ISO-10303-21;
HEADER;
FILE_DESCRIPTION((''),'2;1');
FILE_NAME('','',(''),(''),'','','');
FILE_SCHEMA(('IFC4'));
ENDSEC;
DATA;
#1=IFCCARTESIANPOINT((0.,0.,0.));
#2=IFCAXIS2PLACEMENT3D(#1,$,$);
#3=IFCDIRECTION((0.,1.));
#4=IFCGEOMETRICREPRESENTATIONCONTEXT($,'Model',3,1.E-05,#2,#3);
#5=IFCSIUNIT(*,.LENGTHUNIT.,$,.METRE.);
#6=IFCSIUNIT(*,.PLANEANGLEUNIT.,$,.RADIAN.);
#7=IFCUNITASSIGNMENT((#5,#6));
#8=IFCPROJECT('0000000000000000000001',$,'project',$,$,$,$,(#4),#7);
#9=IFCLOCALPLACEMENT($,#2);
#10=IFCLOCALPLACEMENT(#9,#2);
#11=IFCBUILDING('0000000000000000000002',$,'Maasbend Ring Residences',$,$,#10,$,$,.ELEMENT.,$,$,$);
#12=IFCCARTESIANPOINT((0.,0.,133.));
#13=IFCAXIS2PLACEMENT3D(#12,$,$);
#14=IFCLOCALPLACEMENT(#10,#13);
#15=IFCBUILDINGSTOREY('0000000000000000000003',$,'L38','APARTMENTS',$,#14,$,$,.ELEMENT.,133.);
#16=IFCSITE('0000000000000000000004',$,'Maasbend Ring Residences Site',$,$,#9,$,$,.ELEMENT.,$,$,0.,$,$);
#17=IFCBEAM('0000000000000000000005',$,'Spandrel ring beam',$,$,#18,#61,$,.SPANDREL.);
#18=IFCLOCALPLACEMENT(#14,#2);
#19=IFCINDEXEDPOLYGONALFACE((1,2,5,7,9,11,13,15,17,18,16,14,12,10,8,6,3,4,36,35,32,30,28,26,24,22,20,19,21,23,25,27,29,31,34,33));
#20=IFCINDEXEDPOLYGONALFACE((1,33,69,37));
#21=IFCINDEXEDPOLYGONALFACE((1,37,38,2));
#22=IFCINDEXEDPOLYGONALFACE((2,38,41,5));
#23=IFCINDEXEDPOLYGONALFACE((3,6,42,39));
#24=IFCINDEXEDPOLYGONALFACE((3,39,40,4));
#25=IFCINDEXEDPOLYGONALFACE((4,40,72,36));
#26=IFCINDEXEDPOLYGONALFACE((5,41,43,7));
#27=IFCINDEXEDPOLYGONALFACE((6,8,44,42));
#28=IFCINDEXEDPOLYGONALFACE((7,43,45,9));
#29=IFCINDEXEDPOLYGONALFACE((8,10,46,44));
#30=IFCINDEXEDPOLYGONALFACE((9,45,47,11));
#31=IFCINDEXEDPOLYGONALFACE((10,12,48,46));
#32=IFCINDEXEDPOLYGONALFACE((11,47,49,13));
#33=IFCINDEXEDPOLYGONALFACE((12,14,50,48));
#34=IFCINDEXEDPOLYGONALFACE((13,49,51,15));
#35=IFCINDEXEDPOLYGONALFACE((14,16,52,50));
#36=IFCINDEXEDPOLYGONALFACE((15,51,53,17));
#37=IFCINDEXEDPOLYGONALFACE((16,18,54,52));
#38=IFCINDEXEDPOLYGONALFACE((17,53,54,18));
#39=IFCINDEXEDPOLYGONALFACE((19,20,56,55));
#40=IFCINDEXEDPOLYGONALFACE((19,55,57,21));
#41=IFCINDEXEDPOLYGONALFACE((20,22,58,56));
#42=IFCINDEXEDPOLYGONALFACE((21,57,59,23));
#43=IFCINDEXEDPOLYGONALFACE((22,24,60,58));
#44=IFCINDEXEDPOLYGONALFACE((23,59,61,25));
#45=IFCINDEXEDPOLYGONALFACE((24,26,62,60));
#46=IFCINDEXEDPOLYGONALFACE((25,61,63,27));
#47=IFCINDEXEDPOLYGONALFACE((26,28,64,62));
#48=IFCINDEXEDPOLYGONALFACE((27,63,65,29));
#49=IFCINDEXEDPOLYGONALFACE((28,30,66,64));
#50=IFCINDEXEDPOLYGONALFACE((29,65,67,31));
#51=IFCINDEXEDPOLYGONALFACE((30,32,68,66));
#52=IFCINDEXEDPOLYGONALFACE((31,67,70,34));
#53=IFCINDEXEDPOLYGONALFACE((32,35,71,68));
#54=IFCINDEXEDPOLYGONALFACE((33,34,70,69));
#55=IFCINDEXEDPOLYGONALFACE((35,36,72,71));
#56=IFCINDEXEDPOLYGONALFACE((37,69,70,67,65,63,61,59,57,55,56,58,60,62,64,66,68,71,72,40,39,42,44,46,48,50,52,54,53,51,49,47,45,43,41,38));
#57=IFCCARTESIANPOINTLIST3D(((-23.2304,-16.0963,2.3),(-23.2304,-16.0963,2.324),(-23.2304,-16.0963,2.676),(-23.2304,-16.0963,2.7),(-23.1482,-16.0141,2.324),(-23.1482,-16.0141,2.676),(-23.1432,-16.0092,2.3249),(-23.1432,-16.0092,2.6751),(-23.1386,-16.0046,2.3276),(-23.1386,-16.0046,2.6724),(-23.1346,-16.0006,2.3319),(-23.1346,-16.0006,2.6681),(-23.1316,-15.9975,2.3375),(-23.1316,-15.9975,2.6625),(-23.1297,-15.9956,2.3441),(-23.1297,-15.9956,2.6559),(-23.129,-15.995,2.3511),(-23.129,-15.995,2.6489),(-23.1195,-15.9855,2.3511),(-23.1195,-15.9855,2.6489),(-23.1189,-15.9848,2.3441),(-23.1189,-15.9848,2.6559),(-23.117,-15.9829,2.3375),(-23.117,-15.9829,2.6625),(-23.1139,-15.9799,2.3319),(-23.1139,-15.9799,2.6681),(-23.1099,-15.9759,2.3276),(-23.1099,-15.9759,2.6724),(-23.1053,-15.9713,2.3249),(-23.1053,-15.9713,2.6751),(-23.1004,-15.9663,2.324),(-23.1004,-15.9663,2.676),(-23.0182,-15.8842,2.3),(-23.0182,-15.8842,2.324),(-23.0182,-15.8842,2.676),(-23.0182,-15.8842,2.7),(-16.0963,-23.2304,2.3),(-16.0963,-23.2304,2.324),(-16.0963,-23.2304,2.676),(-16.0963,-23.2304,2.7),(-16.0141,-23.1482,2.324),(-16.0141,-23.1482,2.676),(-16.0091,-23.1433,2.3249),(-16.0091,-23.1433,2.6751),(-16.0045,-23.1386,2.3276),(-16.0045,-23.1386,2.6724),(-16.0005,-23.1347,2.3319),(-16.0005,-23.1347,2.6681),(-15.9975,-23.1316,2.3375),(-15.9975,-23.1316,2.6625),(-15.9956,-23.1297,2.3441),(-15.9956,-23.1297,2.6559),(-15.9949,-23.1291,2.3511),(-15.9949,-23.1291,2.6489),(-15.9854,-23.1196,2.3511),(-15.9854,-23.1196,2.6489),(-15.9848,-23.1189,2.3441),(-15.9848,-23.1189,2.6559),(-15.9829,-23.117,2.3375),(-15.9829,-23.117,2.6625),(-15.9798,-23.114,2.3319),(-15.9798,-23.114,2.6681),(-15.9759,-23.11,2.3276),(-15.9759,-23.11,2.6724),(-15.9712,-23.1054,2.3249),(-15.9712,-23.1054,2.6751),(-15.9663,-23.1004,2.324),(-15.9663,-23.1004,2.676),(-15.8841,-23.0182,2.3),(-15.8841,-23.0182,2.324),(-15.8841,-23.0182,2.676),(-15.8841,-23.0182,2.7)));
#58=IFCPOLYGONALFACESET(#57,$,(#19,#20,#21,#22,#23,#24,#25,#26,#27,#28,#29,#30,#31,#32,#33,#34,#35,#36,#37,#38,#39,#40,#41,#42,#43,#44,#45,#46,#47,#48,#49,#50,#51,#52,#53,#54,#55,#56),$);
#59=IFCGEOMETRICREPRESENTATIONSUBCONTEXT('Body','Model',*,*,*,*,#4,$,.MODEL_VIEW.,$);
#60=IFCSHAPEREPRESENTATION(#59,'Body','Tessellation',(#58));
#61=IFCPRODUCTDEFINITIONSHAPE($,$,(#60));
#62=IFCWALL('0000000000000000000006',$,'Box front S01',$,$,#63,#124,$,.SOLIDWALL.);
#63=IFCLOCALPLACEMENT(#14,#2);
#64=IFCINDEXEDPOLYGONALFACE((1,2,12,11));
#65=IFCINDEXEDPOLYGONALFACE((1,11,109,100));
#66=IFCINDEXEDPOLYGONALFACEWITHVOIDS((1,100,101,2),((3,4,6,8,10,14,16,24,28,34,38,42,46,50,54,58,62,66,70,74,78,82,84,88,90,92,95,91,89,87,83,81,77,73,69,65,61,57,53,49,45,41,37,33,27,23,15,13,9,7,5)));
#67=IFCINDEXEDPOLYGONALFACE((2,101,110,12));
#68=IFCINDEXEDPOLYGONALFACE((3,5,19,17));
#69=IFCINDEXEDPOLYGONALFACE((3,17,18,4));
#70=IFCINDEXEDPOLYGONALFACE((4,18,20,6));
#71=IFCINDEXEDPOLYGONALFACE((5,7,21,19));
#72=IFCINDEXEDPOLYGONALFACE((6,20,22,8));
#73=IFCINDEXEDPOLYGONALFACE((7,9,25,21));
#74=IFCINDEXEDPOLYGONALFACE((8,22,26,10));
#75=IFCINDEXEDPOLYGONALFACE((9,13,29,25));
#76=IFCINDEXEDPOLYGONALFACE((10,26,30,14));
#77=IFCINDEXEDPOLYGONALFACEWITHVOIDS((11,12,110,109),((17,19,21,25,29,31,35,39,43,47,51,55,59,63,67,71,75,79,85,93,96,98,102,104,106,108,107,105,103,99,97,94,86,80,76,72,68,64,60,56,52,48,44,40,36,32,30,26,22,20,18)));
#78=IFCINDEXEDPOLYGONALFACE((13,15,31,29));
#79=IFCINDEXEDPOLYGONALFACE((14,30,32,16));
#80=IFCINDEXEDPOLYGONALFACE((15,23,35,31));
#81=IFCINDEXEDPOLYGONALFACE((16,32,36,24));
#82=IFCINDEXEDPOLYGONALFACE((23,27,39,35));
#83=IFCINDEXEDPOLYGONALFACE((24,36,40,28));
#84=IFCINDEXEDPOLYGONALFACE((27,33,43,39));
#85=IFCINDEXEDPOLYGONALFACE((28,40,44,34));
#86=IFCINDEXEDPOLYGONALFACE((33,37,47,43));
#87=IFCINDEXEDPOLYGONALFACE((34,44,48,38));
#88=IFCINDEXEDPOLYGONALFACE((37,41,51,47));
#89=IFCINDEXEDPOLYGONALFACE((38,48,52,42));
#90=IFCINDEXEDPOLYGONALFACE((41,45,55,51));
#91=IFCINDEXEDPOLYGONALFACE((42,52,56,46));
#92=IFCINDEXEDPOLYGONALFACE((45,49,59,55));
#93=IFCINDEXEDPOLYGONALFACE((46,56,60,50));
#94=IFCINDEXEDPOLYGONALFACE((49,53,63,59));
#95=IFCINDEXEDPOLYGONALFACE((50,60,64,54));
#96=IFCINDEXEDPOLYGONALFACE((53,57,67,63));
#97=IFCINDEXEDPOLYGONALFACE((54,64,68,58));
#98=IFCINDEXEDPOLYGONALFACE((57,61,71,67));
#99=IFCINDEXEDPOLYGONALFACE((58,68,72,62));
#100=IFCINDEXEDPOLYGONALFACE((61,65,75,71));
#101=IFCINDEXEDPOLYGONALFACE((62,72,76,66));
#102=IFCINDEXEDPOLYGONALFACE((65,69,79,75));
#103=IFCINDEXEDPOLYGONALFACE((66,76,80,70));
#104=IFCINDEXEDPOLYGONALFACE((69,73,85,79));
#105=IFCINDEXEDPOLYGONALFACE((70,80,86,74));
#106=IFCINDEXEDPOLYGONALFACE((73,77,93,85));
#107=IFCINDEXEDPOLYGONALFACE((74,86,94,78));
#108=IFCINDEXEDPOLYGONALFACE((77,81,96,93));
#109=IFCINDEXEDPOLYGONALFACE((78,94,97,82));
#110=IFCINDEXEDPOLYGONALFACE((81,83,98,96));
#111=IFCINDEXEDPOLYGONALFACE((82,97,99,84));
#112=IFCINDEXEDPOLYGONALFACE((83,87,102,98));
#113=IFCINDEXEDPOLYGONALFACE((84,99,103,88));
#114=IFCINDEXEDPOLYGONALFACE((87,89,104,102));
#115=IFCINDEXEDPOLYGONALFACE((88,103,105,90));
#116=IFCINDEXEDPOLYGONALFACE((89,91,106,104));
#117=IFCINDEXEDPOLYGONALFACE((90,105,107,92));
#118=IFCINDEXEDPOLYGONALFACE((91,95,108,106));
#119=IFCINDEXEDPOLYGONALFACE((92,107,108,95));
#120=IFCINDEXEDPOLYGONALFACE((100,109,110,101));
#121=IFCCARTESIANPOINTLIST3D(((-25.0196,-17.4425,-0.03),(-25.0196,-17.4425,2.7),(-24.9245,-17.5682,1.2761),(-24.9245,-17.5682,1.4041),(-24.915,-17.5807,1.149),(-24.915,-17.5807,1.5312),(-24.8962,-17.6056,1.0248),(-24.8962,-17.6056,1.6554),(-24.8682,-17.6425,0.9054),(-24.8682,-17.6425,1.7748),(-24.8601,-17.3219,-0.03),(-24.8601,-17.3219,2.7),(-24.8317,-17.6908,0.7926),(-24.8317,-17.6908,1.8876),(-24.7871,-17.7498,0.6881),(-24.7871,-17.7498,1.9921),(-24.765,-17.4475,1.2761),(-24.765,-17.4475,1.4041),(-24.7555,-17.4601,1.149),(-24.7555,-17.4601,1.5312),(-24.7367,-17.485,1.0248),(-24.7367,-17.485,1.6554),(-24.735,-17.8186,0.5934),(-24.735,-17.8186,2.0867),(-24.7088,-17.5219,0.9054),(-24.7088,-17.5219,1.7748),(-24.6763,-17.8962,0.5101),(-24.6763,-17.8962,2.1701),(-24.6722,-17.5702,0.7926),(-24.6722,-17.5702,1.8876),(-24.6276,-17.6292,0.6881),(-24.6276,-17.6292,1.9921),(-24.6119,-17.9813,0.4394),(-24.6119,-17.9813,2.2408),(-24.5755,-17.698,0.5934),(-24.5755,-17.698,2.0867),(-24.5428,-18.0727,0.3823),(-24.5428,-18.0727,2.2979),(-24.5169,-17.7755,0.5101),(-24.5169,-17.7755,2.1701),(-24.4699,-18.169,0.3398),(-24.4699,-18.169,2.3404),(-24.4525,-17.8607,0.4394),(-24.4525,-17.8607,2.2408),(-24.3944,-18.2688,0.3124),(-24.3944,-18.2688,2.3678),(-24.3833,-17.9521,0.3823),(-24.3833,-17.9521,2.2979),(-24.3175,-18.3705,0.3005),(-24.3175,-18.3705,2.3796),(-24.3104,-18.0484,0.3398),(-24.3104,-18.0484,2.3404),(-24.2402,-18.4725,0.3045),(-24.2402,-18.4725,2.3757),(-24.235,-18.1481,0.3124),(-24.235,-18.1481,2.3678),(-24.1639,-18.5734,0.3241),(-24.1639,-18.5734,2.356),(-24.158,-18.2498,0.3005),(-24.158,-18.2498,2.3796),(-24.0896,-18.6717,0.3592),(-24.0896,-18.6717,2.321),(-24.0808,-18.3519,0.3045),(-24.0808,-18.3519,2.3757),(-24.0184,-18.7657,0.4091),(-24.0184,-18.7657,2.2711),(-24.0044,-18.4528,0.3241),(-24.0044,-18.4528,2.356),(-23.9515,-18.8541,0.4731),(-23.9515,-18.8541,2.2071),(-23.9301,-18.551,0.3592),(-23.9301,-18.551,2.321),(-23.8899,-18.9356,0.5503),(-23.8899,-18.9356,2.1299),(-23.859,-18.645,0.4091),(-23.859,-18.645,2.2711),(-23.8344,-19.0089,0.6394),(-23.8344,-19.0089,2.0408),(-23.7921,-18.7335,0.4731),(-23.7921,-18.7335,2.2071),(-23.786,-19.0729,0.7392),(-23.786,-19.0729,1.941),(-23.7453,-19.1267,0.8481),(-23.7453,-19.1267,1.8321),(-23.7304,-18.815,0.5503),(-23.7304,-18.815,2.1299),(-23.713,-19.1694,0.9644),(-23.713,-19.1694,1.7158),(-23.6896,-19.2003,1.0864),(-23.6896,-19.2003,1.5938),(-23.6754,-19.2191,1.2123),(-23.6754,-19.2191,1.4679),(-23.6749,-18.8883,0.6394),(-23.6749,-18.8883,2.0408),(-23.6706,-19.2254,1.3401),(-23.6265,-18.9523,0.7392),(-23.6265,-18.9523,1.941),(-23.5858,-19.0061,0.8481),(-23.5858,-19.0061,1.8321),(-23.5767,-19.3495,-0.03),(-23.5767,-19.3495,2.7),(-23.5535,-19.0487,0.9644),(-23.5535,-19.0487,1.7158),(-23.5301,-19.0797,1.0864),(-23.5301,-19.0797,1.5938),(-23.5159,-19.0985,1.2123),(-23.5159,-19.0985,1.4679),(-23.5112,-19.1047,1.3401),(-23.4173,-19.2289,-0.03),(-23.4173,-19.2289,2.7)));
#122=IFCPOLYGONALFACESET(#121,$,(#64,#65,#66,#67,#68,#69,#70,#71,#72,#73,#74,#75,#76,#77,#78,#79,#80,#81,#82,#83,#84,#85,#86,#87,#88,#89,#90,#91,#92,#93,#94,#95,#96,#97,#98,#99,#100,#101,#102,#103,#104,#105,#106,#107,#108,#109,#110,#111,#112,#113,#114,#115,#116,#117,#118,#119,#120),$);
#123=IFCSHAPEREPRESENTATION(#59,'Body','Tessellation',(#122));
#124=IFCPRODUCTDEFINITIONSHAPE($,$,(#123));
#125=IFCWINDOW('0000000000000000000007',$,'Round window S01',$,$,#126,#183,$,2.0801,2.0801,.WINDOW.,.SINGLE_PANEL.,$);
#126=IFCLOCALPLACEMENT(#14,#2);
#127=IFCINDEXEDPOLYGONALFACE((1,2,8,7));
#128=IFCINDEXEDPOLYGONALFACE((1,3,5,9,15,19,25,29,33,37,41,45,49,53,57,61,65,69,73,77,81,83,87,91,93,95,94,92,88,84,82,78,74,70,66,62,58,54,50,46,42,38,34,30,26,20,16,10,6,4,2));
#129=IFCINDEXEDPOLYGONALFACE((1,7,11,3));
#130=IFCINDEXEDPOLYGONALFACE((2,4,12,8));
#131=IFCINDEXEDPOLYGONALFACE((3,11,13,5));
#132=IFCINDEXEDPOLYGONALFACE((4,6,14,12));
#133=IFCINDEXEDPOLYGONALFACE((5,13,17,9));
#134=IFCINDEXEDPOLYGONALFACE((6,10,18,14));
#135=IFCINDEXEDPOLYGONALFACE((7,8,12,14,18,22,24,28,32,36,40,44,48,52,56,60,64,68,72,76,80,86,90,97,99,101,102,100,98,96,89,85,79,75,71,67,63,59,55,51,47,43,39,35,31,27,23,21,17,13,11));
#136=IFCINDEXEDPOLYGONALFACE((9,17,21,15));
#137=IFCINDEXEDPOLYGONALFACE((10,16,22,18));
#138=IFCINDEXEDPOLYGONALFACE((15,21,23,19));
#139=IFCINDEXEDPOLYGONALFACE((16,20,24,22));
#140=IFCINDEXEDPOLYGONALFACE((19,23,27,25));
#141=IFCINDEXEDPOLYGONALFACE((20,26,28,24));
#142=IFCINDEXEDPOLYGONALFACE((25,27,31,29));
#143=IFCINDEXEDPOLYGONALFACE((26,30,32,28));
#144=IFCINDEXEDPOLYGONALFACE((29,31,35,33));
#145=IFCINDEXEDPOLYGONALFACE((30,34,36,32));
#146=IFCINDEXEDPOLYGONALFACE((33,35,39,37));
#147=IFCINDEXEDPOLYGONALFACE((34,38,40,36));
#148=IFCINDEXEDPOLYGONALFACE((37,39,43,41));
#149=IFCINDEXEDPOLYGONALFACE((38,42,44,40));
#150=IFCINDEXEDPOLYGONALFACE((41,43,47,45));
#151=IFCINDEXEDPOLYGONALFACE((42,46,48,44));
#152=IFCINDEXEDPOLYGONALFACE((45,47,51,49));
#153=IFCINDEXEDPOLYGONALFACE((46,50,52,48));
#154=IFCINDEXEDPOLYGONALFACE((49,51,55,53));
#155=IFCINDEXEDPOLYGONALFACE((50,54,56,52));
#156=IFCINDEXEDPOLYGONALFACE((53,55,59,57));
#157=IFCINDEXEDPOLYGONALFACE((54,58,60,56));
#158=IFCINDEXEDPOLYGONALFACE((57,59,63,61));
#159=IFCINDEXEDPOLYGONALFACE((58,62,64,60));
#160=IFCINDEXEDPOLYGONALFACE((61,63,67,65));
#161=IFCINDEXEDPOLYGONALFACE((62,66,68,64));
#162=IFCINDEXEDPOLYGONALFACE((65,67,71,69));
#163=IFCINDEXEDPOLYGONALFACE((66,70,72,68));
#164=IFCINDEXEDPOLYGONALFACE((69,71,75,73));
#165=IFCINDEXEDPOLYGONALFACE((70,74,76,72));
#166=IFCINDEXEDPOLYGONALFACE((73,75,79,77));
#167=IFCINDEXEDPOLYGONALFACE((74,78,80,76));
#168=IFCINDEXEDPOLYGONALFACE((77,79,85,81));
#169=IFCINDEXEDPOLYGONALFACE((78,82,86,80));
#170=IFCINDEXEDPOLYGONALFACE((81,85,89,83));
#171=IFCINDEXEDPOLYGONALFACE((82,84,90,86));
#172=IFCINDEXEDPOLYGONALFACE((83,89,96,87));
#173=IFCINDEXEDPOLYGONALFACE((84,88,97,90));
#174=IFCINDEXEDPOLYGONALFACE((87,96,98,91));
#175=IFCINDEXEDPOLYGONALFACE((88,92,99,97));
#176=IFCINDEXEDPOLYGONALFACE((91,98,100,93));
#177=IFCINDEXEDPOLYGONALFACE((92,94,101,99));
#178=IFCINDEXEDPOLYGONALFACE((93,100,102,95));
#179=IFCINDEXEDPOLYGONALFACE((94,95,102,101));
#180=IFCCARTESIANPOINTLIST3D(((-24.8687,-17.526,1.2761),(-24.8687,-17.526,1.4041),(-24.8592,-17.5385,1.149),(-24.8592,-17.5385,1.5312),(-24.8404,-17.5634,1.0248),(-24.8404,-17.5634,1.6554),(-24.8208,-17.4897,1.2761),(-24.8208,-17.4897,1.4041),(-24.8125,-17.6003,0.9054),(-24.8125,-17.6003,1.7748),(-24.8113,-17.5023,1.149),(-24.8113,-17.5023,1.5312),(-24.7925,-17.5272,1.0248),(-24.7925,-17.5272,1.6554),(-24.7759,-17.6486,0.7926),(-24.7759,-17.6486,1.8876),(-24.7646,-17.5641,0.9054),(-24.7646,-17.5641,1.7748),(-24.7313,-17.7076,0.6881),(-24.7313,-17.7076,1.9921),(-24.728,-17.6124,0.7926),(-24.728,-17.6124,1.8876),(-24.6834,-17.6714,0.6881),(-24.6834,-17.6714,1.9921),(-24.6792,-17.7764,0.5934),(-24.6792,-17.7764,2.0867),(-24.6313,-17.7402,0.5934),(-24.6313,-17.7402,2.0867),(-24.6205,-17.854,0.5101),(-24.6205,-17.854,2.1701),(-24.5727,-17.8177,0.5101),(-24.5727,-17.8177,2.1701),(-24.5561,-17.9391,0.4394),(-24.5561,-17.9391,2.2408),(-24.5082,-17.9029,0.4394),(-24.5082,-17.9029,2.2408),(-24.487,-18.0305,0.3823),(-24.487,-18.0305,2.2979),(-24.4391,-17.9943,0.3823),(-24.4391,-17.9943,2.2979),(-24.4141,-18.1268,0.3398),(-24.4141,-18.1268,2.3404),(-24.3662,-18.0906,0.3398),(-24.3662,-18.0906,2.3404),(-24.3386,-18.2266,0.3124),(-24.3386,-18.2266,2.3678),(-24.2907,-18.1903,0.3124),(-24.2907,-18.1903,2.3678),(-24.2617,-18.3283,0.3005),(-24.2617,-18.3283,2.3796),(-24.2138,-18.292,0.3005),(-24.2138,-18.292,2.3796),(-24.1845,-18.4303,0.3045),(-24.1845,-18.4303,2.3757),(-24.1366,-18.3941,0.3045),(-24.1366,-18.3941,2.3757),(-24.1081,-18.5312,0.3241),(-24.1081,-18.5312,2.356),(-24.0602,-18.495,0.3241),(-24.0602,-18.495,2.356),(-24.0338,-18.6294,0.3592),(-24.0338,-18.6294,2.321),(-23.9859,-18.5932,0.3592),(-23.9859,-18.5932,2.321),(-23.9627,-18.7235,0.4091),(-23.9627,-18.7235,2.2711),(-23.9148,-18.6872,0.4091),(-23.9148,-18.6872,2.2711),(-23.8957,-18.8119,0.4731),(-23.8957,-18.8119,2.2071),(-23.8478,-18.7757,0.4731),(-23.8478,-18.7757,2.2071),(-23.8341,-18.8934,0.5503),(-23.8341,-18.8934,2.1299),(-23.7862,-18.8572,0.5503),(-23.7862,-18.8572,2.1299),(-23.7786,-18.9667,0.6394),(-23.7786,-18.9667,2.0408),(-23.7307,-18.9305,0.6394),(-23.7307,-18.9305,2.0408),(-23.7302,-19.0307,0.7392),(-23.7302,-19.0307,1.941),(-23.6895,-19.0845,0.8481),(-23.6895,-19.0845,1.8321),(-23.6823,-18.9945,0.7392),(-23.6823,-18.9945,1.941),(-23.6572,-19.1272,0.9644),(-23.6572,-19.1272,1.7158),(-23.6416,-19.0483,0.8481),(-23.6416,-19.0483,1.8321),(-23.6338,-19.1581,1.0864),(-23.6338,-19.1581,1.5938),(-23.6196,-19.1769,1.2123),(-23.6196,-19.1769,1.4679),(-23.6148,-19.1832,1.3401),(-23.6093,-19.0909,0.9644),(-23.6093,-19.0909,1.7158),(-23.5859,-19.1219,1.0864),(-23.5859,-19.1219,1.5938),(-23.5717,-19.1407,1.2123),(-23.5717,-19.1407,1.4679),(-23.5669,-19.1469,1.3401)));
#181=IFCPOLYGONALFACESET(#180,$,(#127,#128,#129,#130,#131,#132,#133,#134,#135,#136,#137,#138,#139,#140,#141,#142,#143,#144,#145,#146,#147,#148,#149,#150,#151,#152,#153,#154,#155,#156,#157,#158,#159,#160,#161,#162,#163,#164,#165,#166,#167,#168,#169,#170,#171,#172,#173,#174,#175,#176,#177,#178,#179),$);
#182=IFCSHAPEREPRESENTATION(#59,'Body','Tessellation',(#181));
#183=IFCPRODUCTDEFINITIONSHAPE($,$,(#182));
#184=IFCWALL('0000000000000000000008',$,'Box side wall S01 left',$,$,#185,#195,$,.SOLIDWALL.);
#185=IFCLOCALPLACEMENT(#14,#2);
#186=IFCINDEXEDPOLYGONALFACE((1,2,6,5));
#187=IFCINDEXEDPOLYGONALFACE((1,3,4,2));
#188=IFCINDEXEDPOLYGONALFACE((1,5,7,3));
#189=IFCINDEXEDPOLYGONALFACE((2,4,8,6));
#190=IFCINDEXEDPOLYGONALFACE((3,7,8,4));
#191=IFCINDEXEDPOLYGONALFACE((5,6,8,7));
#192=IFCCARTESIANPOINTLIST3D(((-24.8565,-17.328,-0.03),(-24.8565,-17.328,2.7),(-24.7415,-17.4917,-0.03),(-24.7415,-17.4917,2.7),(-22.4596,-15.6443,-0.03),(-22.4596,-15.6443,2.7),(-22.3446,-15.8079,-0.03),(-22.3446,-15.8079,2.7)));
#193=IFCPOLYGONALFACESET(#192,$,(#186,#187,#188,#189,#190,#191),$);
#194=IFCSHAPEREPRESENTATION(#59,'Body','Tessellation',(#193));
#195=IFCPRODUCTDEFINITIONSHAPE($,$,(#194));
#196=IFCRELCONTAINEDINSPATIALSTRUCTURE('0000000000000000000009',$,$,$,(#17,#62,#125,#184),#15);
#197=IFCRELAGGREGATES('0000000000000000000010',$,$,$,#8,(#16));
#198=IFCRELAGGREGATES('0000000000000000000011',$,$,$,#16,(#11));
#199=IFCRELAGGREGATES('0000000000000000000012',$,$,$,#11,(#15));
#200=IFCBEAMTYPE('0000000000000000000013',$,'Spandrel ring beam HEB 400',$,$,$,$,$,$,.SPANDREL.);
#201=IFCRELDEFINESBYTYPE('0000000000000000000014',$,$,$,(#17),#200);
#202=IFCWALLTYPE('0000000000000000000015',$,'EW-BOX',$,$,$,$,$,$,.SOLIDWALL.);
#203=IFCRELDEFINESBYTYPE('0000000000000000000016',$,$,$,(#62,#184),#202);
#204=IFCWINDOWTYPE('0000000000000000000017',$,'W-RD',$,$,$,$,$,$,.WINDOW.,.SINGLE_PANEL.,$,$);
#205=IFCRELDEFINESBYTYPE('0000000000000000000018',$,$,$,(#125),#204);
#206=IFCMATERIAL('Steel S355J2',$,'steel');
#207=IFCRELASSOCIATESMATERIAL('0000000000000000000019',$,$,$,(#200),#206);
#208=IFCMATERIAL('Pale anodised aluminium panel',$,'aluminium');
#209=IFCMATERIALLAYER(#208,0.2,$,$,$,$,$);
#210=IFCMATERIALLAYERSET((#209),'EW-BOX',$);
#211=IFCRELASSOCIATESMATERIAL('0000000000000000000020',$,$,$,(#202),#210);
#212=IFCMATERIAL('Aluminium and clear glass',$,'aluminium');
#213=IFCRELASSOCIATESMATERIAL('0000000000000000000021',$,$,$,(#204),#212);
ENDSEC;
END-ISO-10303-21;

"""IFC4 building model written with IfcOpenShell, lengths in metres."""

from ifc_helpers import new_model, si_unit, direction, frame, frame_2d, origin, origin_2d, place, context, subcontext, project, spatial, rectangle, circle, i_section, extrude, material, layer, layer_set, material_profile, profile_set, type_object, element, fill, save


model = new_model("IFC4")

# Units and contexts
model_context = context("Model", 3, precision=1e-05, world=origin(), true_north=direction((0.0, 1.0)))
body_context = subcontext(model_context, "Body", "Model", "MODEL_VIEW")
ifc_project = project(units=[si_unit("LENGTHUNIT", "METRE"), si_unit("PLANEANGLEUNIT", "RADIAN")], contexts=[model_context])

# Site, building, storey
site_placement = place(None, origin())
site = spatial("IfcSite", under=ifc_project, at=site_placement, Name="Maasbend Ring Residences Site", CompositionType="ELEMENT", RefElevation=0.0)
building_placement = place(site_placement, origin())
building = spatial("IfcBuilding", under=site, at=building_placement, Name="Maasbend Ring Residences", CompositionType="ELEMENT")
storey_placement = place(building_placement, frame((0.0, 0.0, 133.0)))
storey = spatial("IfcBuildingStorey", under=building, at=storey_placement, Name="L38", Description="APARTMENTS", CompositionType="ELEMENT", Elevation=133.0)

# Beam
ifc_material_1 = material(Name="Steel S355J2", Category="steel")
ifc_material_profile_1 = material_profile(ifc_material_1, i_section(OverallWidth=0.3, OverallDepth=0.3999, WebThickness=0.0134, FlangeThickness=0.0239, FilletRadius=0.0271, at=origin_2d()), Name="HEB 400")
ifc_profile_set_1 = profile_set([ifc_material_profile_1], Name="Steel S355J2")
beam_type_1 = type_object("IfcBeamType", Name="Spandrel ring beam HEB 400", PredefinedType="SPANDREL", material=ifc_profile_set_1)
beam_1_placement = place(storey_placement, frame((-23.1243, -15.9902, 2.5), z_axis=(0.707107, -0.707107, 0.0), x_axis=(0.707107, 0.707107, 0.0)))
element("IfcBeam", 1, at=beam_1_placement, inside=storey, type_object=beam_type_1, Name="Spandrel ring beam", PredefinedType="SPANDREL", context=body_context, shape_type="SweptSolid", body=[
    extrude(i_section(OverallWidth=0.3, OverallDepth=0.3999, WebThickness=0.0134, FlangeThickness=0.0239, FilletRadius=0.0271, at=origin_2d()), origin(), (0.0, 0.0, 1.0), 10.0891),
])

# Wall, opening, window
ifc_material_2 = material(Name="Pale anodised aluminium panel", Category="aluminium")
ifc_layer_1 = layer(ifc_material_2, 0.2)
ifc_layer_set_1 = layer_set([ifc_layer_1], Name="EW-BOX")
wall_type_1 = type_object("IfcWallType", Name="EW-BOX", PredefinedType="SOLIDWALL", material=ifc_layer_set_1)
wall_1_placement = place(storey_placement, frame((-24.9399, -17.3821, -0.03), z_axis=(0.0, 0.0, 1.0), x_axis=(0.603376, -0.797457, 0.0)))
wall_1 = element("IfcWall", 2, at=wall_1_placement, inside=storey, type_object=wall_type_1, Name="Box front S01", PredefinedType="SOLIDWALL", context=body_context, shape_type="SweptSolid", body=[
    extrude(rectangle(XDim=2.3914, YDim=0.2, at=frame_2d((1.1958, 0.0))), origin(), (0.0, 0.0, 1.0), 2.73),
])
opening_1_placement = place(wall_1_placement, frame((0.1558, 0.0, 0.3301)))
opening_1 = element("IfcOpeningElement", 3, at=opening_1_placement, cuts=wall_1, PredefinedType="OPENING", context=body_context, shape_type="SweptSolid", body=[
    extrude(circle(Radius=1.04, at=frame_2d((1.04, 1.04))), frame((0.0, 0.1099, 0.0), z_axis=(0.0, -1.0, 0.0), x_axis=(1.0, 0.0, 0.0)), (0.0, 0.0, 1.0), 0.22),
])
ifc_material_3 = material(Name="Aluminium and clear glass", Category="aluminium")
window_type_1 = type_object("IfcWindowType", Name="W-RD", PartitioningType="SINGLE_PANEL", PredefinedType="WINDOW", material=ifc_material_3)
window_1_placement = place(opening_1_placement, origin())
window_1 = element("IfcWindow", 4, at=window_1_placement, inside=storey, type_object=window_type_1, Name="Round window S01", OverallHeight=2.0801, OverallWidth=2.0801, PartitioningType="SINGLE_PANEL", PredefinedType="WINDOW", context=body_context, shape_type="SweptSolid", body=[
    extrude(circle(Radius=1.04, at=frame_2d((1.04, 1.04))), frame((0.0, 0.03, 0.0), z_axis=(0.0, -1.0, 0.0), x_axis=(1.0, 0.0, 0.0)), (0.0, 0.0, 1.0), 0.0601),
])
fill(opening_1, window_1)

# Wall
wall_2_placement = place(storey_placement, frame((-22.4021, -15.7261, -0.03), z_axis=(0.0, 0.0, 1.0), x_axis=(-0.818275, -0.574826, 0.0)))
element("IfcWall", 5, at=wall_2_placement, inside=storey, type_object=wall_type_1, Name="Box side wall S01 left", PredefinedType="SOLIDWALL", context=body_context, shape_type="SweptSolid", body=[
    extrude(rectangle(XDim=2.9292, YDim=0.2, at=frame_2d((1.4646, 0.0))), origin(), (0.0, 0.0, 1.0), 2.73),
])

save(model, "model.ifc")
